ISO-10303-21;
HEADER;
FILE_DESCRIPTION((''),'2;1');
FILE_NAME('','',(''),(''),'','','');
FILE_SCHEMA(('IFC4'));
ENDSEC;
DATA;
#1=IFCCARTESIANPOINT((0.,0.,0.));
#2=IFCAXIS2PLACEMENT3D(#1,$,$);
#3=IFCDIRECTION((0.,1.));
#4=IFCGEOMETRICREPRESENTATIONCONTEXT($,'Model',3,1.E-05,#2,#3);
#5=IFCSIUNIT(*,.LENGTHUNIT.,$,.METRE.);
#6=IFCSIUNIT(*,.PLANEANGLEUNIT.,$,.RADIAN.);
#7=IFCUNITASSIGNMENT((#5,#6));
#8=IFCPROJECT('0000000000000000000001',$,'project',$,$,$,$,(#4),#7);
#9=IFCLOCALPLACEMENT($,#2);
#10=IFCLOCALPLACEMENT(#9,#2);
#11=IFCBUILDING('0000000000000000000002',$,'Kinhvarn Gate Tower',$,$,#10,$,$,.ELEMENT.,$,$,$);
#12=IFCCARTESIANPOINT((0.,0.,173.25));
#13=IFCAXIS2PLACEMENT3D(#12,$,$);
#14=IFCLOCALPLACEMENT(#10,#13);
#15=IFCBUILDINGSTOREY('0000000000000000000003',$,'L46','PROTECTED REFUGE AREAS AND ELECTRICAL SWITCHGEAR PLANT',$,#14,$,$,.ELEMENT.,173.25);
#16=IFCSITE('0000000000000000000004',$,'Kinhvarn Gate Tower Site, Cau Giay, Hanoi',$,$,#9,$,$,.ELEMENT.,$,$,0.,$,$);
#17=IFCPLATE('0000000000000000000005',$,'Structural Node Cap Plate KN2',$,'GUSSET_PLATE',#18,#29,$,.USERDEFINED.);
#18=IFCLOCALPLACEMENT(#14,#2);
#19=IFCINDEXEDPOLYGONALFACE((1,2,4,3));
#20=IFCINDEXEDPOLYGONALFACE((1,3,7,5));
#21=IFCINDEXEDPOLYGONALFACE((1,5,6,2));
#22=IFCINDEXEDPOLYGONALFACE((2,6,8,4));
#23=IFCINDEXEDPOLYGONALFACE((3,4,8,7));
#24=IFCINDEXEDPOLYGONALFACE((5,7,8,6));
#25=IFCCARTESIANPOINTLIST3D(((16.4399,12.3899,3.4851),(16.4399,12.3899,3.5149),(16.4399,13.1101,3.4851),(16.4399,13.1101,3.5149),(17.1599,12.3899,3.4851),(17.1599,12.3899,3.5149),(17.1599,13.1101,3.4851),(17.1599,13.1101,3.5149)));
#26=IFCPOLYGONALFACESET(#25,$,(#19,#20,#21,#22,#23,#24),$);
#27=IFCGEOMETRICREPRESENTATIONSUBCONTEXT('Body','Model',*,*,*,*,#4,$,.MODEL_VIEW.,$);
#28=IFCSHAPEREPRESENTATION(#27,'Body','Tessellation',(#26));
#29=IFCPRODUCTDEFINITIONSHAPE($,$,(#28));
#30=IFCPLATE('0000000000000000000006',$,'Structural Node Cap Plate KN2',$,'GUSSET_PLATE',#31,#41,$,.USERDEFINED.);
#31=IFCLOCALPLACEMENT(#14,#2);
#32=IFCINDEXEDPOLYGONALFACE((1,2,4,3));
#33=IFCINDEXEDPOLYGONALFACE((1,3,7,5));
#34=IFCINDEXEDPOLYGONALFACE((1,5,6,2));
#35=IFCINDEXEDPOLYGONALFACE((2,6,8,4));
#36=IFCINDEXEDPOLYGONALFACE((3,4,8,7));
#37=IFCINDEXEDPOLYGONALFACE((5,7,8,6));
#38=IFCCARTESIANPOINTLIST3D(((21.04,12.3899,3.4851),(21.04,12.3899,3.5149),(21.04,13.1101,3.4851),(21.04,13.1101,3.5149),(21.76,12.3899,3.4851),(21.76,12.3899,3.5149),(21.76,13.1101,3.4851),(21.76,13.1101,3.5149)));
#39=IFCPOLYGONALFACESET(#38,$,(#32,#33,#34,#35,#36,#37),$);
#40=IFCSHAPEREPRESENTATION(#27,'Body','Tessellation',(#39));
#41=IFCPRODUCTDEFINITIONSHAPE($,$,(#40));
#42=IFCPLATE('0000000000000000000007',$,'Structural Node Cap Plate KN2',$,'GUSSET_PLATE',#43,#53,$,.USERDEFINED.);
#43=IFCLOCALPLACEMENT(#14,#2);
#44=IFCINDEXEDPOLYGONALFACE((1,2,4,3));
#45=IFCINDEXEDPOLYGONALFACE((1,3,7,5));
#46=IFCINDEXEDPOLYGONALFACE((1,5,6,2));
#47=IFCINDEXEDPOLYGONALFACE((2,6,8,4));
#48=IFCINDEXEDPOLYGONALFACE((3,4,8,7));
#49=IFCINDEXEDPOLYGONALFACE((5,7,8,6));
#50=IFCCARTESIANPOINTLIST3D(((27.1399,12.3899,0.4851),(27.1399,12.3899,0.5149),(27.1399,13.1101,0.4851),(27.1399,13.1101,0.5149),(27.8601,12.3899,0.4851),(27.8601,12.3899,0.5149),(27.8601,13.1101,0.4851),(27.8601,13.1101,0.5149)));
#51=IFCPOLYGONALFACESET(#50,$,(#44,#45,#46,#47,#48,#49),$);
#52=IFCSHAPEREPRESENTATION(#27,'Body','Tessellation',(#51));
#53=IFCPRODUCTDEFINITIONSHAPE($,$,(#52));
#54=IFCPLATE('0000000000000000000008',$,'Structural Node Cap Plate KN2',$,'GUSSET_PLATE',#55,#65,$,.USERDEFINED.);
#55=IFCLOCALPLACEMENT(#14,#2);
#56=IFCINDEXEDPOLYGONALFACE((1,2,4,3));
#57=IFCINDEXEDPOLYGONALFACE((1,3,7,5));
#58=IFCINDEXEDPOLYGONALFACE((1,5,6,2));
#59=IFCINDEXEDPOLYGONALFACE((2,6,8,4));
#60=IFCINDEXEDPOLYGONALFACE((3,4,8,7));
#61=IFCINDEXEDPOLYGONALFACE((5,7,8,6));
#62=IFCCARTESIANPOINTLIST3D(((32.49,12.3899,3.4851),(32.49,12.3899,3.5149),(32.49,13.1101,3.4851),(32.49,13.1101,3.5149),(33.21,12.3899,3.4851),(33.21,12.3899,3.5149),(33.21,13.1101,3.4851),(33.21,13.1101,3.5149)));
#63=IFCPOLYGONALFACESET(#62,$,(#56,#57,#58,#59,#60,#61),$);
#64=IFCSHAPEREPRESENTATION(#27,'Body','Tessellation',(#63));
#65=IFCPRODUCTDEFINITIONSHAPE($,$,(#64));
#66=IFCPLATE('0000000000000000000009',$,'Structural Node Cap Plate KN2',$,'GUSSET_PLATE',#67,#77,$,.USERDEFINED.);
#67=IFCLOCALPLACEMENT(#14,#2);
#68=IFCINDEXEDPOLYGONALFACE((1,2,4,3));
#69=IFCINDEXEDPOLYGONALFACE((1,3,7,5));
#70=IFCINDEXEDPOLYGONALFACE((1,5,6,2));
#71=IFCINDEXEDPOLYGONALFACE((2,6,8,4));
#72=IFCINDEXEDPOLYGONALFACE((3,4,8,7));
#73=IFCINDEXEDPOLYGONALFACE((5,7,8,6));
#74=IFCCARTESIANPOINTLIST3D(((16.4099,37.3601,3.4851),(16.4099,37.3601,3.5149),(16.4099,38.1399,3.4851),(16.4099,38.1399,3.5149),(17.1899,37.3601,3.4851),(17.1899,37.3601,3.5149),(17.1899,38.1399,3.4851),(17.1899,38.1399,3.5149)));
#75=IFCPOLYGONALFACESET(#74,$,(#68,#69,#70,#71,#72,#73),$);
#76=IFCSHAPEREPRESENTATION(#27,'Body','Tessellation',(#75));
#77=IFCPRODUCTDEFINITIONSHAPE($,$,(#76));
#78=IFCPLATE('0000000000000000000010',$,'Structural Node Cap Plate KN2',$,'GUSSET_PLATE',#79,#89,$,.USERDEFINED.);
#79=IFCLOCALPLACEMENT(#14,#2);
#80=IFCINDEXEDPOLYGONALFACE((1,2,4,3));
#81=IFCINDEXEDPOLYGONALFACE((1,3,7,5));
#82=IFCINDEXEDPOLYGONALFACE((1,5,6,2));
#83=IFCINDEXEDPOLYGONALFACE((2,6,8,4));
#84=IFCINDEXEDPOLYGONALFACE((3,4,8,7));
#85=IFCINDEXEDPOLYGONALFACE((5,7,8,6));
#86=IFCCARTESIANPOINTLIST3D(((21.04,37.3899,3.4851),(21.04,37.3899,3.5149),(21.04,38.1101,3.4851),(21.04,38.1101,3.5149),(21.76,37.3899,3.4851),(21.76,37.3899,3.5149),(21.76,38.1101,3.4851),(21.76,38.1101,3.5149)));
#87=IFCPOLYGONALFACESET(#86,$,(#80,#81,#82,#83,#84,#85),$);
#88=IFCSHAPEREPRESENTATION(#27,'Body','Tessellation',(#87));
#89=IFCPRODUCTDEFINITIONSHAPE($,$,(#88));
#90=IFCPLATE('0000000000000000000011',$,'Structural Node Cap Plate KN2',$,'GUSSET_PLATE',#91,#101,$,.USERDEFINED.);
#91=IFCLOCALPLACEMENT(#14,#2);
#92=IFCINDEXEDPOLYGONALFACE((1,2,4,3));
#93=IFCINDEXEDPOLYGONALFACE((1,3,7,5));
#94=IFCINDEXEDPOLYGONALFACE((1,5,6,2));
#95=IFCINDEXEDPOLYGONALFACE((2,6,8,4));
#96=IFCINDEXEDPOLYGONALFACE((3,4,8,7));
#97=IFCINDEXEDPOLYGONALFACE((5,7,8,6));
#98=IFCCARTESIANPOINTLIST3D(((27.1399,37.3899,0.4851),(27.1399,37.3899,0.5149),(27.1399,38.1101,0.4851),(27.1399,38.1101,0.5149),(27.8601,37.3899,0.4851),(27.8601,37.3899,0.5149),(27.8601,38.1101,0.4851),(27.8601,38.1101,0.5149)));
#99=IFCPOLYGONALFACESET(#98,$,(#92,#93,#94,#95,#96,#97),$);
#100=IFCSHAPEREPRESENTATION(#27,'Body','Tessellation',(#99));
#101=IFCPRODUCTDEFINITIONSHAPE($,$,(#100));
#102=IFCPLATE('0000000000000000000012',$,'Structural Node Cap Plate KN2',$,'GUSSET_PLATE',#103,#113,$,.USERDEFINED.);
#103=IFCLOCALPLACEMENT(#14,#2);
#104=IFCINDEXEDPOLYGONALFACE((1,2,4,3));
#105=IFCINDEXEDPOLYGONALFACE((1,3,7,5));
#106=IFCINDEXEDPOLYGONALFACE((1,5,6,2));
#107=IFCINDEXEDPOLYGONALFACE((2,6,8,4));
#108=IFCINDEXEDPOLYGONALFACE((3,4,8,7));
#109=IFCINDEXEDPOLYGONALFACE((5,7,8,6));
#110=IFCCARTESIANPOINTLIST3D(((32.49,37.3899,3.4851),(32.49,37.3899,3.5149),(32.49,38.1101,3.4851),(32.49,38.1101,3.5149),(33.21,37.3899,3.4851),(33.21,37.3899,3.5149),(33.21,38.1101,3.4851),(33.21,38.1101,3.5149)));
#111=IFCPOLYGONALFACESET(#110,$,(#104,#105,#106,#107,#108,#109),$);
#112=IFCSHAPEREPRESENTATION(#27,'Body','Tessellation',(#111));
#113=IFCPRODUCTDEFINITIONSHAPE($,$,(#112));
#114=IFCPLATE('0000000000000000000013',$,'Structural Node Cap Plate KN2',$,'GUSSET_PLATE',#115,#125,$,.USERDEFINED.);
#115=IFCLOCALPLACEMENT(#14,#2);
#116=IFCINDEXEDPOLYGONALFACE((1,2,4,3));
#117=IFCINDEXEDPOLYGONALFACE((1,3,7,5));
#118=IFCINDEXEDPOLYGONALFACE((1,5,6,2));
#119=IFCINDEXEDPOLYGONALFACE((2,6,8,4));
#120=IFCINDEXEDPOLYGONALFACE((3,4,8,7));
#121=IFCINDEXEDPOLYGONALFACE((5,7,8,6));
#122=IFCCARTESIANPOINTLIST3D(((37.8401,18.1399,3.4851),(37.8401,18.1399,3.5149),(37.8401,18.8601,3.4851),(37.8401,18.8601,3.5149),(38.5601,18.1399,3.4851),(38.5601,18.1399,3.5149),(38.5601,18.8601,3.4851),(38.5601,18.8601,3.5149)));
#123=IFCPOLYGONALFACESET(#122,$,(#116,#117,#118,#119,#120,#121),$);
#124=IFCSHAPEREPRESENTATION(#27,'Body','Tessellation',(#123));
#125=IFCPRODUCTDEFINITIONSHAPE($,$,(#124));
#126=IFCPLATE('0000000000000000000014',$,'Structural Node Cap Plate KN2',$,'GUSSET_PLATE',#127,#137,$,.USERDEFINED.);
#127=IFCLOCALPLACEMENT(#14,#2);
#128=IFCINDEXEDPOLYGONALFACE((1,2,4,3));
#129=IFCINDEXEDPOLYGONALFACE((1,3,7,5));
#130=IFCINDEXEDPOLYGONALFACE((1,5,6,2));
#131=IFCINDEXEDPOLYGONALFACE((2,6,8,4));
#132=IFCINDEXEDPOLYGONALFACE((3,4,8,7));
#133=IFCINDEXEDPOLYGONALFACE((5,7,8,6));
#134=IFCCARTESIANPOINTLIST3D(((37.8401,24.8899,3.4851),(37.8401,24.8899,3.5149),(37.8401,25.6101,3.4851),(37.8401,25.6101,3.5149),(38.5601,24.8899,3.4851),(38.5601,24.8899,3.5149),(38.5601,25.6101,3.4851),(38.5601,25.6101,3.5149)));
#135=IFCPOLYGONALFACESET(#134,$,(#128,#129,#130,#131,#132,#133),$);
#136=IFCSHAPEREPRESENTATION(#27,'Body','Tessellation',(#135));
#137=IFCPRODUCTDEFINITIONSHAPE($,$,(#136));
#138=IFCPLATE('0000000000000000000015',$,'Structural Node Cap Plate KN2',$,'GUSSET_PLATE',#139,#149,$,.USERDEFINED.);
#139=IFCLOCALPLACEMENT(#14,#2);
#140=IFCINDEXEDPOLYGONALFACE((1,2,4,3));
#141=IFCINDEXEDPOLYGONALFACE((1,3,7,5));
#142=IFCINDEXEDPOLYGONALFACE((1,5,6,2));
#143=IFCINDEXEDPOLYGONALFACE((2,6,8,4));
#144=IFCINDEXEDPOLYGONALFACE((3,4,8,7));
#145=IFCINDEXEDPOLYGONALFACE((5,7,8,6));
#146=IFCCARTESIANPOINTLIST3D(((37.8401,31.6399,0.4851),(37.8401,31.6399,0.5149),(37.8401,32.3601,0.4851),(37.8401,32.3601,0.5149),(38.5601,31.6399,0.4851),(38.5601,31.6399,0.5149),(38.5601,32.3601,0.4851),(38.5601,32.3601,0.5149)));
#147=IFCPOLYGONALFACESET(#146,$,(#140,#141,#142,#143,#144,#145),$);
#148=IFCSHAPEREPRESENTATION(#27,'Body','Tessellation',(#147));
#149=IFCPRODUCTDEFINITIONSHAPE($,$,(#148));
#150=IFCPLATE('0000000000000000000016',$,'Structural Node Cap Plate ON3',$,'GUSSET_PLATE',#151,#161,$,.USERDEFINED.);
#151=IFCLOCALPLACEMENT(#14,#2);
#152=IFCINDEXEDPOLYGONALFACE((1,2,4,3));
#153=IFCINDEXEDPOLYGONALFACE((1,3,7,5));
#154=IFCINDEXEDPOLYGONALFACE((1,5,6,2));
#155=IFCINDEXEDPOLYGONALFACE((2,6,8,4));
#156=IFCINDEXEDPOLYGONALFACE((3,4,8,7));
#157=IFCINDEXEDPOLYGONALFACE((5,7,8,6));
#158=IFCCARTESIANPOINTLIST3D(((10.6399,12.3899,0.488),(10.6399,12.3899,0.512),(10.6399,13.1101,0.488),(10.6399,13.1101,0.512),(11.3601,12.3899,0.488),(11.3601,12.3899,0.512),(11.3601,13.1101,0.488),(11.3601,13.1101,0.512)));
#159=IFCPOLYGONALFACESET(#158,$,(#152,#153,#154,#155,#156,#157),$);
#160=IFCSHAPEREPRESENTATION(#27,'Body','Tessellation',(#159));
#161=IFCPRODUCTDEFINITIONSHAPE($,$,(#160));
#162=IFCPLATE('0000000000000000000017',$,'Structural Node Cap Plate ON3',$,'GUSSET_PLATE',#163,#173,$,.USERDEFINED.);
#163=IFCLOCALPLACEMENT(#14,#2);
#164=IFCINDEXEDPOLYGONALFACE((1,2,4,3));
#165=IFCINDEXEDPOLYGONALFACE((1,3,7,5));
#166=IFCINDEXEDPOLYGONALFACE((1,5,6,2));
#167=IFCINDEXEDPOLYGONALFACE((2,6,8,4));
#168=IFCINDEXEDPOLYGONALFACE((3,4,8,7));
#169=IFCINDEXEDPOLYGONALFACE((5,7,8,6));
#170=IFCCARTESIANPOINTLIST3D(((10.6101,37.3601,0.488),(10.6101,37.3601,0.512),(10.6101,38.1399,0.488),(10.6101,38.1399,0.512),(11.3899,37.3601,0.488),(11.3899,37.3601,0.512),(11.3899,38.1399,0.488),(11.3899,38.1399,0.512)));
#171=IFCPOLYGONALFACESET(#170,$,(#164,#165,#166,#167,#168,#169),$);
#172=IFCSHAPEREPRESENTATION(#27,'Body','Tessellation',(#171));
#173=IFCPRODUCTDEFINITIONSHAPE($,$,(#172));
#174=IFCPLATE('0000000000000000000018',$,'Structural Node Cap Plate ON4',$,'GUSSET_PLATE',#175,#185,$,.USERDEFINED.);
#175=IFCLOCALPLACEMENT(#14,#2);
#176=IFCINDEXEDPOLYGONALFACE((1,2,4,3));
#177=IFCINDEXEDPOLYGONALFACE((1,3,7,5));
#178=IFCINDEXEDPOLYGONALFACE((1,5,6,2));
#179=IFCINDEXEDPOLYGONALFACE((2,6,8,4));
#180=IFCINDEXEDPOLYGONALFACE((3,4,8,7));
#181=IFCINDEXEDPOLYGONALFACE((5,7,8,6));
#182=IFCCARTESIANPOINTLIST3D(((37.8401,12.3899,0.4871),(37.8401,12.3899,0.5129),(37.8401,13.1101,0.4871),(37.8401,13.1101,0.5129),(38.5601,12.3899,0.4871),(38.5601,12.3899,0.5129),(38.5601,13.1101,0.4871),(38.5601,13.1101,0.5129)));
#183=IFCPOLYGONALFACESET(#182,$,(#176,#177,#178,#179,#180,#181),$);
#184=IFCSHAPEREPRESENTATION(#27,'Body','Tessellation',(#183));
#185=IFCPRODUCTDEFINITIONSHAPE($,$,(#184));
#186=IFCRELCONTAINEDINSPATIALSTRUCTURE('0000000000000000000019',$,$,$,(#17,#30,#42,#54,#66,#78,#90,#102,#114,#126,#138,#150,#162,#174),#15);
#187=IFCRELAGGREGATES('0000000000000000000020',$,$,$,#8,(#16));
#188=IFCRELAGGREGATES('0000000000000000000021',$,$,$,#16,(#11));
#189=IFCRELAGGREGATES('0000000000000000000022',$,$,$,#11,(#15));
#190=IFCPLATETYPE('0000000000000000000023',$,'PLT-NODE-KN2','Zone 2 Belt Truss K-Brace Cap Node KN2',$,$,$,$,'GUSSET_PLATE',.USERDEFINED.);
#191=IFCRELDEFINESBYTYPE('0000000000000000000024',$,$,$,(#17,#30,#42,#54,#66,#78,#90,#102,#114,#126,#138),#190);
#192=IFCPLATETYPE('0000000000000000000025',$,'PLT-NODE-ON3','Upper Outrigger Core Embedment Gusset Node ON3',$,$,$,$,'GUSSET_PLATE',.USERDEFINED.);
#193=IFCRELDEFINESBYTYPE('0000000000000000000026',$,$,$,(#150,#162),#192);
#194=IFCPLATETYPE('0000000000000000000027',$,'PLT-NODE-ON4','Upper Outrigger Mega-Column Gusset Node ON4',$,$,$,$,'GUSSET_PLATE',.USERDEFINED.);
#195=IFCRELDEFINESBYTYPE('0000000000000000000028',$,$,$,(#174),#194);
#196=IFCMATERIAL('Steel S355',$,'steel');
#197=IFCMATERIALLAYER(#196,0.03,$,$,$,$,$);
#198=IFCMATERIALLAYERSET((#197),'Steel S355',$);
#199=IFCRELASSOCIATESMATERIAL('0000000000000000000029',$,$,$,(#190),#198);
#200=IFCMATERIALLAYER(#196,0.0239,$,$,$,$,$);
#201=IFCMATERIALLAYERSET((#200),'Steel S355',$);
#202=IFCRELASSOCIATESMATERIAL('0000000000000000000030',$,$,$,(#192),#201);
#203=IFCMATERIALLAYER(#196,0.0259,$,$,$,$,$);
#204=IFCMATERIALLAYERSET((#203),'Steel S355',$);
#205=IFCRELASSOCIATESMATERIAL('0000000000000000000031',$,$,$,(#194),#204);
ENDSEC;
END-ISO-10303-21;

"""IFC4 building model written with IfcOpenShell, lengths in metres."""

from ifc_helpers import new_model, si_unit, direction, frame, origin, place, context, subcontext, project, spatial, polyline, outline, extrude, material, layer, layer_set, type_object, element, save


model = new_model("IFC4")

# Units and contexts
model_context = context("Model", 3, precision=1e-05, world=origin(), true_north=direction((0.0, 1.0)))
body_context = subcontext(model_context, "Body", "Model", "MODEL_VIEW")
ifc_project = project(units=[si_unit("LENGTHUNIT", "METRE"), si_unit("PLANEANGLEUNIT", "RADIAN")], contexts=[model_context])

# Site, building, storey
site_placement = place(None, origin())
site = spatial("IfcSite", under=ifc_project, at=site_placement, Name="Kinhvarn Gate Tower Site, Cau Giay, Hanoi", CompositionType="ELEMENT", RefElevation=0.0)
building_placement = place(site_placement, origin())
building = spatial("IfcBuilding", under=site, at=building_placement, Name="Kinhvarn Gate Tower", CompositionType="ELEMENT")
storey_placement = place(building_placement, frame((0.0, 0.0, 173.25)))
storey = spatial("IfcBuildingStorey", under=building, at=storey_placement, Name="L46", Description="PROTECTED REFUGE AREAS AND ELECTRICAL SWITCHGEAR PLANT", CompositionType="ELEMENT", Elevation=173.25)

# Plates
ifc_material = material(Name="Steel S355", Category="steel")
ifc_layer_1 = layer(ifc_material, 0.03)
ifc_layer_set_1 = layer_set([ifc_layer_1], Name="Steel S355")
plate_type_1 = type_object("IfcPlateType", Name="PLT-NODE-KN2", Description="Zone 2 Belt Truss K-Brace Cap Node KN2", ElementType="GUSSET_PLATE", PredefinedType="USERDEFINED", material=ifc_layer_set_1)
plate_1_placement = place(storey_placement, frame((0.0, 0.0, 3.4851)))
element("IfcPlate", 1, at=plate_1_placement, inside=storey, type_object=plate_type_1, Name="Structural Node Cap Plate KN2", ObjectType="GUSSET_PLATE", PredefinedType="USERDEFINED", context=body_context, shape_type="SweptSolid", body=[
    extrude(outline(polyline([(16.4399, 12.3899), (17.1599, 12.3899), (17.1599, 13.1101), (16.4399, 13.1101), (16.4399, 12.3899)])), origin(), (0.0, 0.0, 1.0), 0.0298),
])
plate_2_placement = place(storey_placement, frame((0.0, 0.0, 3.4851)))
element("IfcPlate", 2, at=plate_2_placement, inside=storey, type_object=plate_type_1, Name="Structural Node Cap Plate KN2", ObjectType="GUSSET_PLATE", PredefinedType="USERDEFINED", context=body_context, shape_type="SweptSolid", body=[
    extrude(outline(polyline([(21.04, 12.3899), (21.76, 12.3899), (21.76, 13.1101), (21.04, 13.1101), (21.04, 12.3899)])), origin(), (0.0, 0.0, 1.0), 0.0298),
])
plate_3_placement = place(storey_placement, frame((0.0, 0.0, 0.4851)))
element("IfcPlate", 3, at=plate_3_placement, inside=storey, type_object=plate_type_1, Name="Structural Node Cap Plate KN2", ObjectType="GUSSET_PLATE", PredefinedType="USERDEFINED", context=body_context, shape_type="SweptSolid", body=[
    extrude(outline(polyline([(27.1399, 12.3899), (27.8601, 12.3899), (27.8601, 13.1101), (27.1399, 13.1101), (27.1399, 12.3899)])), origin(), (0.0, 0.0, 1.0), 0.0298),
])
plate_4_placement = place(storey_placement, frame((0.0, 0.0, 3.4851)))
element("IfcPlate", 4, at=plate_4_placement, inside=storey, type_object=plate_type_1, Name="Structural Node Cap Plate KN2", ObjectType="GUSSET_PLATE", PredefinedType="USERDEFINED", context=body_context, shape_type="SweptSolid", body=[
    extrude(outline(polyline([(32.49, 12.3899), (33.21, 12.3899), (33.21, 13.1101), (32.49, 13.1101), (32.49, 12.3899)])), origin(), (0.0, 0.0, 1.0), 0.0298),
])
plate_5_placement = place(storey_placement, frame((0.0, 0.0, 3.4851)))
element("IfcPlate", 5, at=plate_5_placement, inside=storey, type_object=plate_type_1, Name="Structural Node Cap Plate KN2", ObjectType="GUSSET_PLATE", PredefinedType="USERDEFINED", context=body_context, shape_type="SweptSolid", body=[
    extrude(outline(polyline([(16.4099, 37.3601), (17.1899, 37.3601), (17.1899, 38.1399), (16.4099, 38.1399), (16.4099, 37.3601)])), origin(), (0.0, 0.0, 1.0), 0.0298),
])
plate_6_placement = place(storey_placement, frame((0.0, 0.0, 3.4851)))
element("IfcPlate", 6, at=plate_6_placement, inside=storey, type_object=plate_type_1, Name="Structural Node Cap Plate KN2", ObjectType="GUSSET_PLATE", PredefinedType="USERDEFINED", context=body_context, shape_type="SweptSolid", body=[
    extrude(outline(polyline([(21.04, 37.3899), (21.76, 37.3899), (21.76, 38.1101), (21.04, 38.1101), (21.04, 37.3899)])), origin(), (0.0, 0.0, 1.0), 0.0298),
])
plate_7_placement = place(storey_placement, frame((0.0, 0.0, 0.4851)))
element("IfcPlate", 7, at=plate_7_placement, inside=storey, type_object=plate_type_1, Name="Structural Node Cap Plate KN2", ObjectType="GUSSET_PLATE", PredefinedType="USERDEFINED", context=body_context, shape_type="SweptSolid", body=[
    extrude(outline(polyline([(27.1399, 37.3899), (27.8601, 37.3899), (27.8601, 38.1101), (27.1399, 38.1101), (27.1399, 37.3899)])), origin(), (0.0, 0.0, 1.0), 0.0298),
])
plate_8_placement = place(storey_placement, frame((0.0, 0.0, 3.4851)))
element("IfcPlate", 8, at=plate_8_placement, inside=storey, type_object=plate_type_1, Name="Structural Node Cap Plate KN2", ObjectType="GUSSET_PLATE", PredefinedType="USERDEFINED", context=body_context, shape_type="SweptSolid", body=[
    extrude(outline(polyline([(32.49, 37.3899), (33.21, 37.3899), (33.21, 38.1101), (32.49, 38.1101), (32.49, 37.3899)])), origin(), (0.0, 0.0, 1.0), 0.0298),
])
plate_9_placement = place(storey_placement, frame((0.0, 0.0, 3.4851)))
element("IfcPlate", 9, at=plate_9_placement, inside=storey, type_object=plate_type_1, Name="Structural Node Cap Plate KN2", ObjectType="GUSSET_PLATE", PredefinedType="USERDEFINED", context=body_context, shape_type="SweptSolid", body=[
    extrude(outline(polyline([(37.8401, 18.1399), (38.5601, 18.1399), (38.5601, 18.8601), (37.8401, 18.8601), (37.8401, 18.1399)])), origin(), (0.0, 0.0, 1.0), 0.0298),
])
plate_10_placement = place(storey_placement, frame((0.0, 0.0, 3.4851)))
element("IfcPlate", 10, at=plate_10_placement, inside=storey, type_object=plate_type_1, Name="Structural Node Cap Plate KN2", ObjectType="GUSSET_PLATE", PredefinedType="USERDEFINED", context=body_context, shape_type="SweptSolid", body=[
    extrude(outline(polyline([(37.8401, 24.8899), (38.5601, 24.8899), (38.5601, 25.6101), (37.8401, 25.6101), (37.8401, 24.8899)])), origin(), (0.0, 0.0, 1.0), 0.0298),
])
plate_11_placement = place(storey_placement, frame((0.0, 0.0, 0.4851)))
element("IfcPlate", 11, at=plate_11_placement, inside=storey, type_object=plate_type_1, Name="Structural Node Cap Plate KN2", ObjectType="GUSSET_PLATE", PredefinedType="USERDEFINED", context=body_context, shape_type="SweptSolid", body=[
    extrude(outline(polyline([(37.8401, 31.6399), (38.5601, 31.6399), (38.5601, 32.3601), (37.8401, 32.3601), (37.8401, 31.6399)])), origin(), (0.0, 0.0, 1.0), 0.0298),
])
ifc_layer_2 = layer(ifc_material, 0.0239)
ifc_layer_set_2 = layer_set([ifc_layer_2], Name="Steel S355")
plate_type_2 = type_object("IfcPlateType", Name="PLT-NODE-ON3", Description="Upper Outrigger Core Embedment Gusset Node ON3", ElementType="GUSSET_PLATE", PredefinedType="USERDEFINED", material=ifc_layer_set_2)
plate_12_placement = place(storey_placement, frame((0.0, 0.0, 0.488)))
element("IfcPlate", 12, at=plate_12_placement, inside=storey, type_object=plate_type_2, Name="Structural Node Cap Plate ON3", ObjectType="GUSSET_PLATE", PredefinedType="USERDEFINED", context=body_context, shape_type="SweptSolid", body=[
    extrude(outline(polyline([(10.6399, 12.3899), (11.3601, 12.3899), (11.3601, 13.1101), (10.6399, 13.1101), (10.6399, 12.3899)])), origin(), (0.0, 0.0, 1.0), 0.0239),
])
plate_13_placement = place(storey_placement, frame((0.0, 0.0, 0.488)))
element("IfcPlate", 13, at=plate_13_placement, inside=storey, type_object=plate_type_2, Name="Structural Node Cap Plate ON3", ObjectType="GUSSET_PLATE", PredefinedType="USERDEFINED", context=body_context, shape_type="SweptSolid", body=[
    extrude(outline(polyline([(10.6101, 37.3601), (11.3899, 37.3601), (11.3899, 38.1399), (10.6101, 38.1399), (10.6101, 37.3601)])), origin(), (0.0, 0.0, 1.0), 0.0239),
])
ifc_layer_3 = layer(ifc_material, 0.0259)
ifc_layer_set_3 = layer_set([ifc_layer_3], Name="Steel S355")
plate_type_3 = type_object("IfcPlateType", Name="PLT-NODE-ON4", Description="Upper Outrigger Mega-Column Gusset Node ON4", ElementType="GUSSET_PLATE", PredefinedType="USERDEFINED", material=ifc_layer_set_3)
plate_14_placement = place(storey_placement, frame((0.0, 0.0, 0.4871)))
element("IfcPlate", 14, at=plate_14_placement, inside=storey, type_object=plate_type_3, Name="Structural Node Cap Plate ON4", ObjectType="GUSSET_PLATE", PredefinedType="USERDEFINED", context=body_context, shape_type="SweptSolid", body=[
    extrude(outline(polyline([(37.8401, 12.3899), (38.5601, 12.3899), (38.5601, 13.1101), (37.8401, 13.1101), (37.8401, 12.3899)])), origin(), (0.0, 0.0, 1.0), 0.0259),
])

save(model, "model.ifc")
